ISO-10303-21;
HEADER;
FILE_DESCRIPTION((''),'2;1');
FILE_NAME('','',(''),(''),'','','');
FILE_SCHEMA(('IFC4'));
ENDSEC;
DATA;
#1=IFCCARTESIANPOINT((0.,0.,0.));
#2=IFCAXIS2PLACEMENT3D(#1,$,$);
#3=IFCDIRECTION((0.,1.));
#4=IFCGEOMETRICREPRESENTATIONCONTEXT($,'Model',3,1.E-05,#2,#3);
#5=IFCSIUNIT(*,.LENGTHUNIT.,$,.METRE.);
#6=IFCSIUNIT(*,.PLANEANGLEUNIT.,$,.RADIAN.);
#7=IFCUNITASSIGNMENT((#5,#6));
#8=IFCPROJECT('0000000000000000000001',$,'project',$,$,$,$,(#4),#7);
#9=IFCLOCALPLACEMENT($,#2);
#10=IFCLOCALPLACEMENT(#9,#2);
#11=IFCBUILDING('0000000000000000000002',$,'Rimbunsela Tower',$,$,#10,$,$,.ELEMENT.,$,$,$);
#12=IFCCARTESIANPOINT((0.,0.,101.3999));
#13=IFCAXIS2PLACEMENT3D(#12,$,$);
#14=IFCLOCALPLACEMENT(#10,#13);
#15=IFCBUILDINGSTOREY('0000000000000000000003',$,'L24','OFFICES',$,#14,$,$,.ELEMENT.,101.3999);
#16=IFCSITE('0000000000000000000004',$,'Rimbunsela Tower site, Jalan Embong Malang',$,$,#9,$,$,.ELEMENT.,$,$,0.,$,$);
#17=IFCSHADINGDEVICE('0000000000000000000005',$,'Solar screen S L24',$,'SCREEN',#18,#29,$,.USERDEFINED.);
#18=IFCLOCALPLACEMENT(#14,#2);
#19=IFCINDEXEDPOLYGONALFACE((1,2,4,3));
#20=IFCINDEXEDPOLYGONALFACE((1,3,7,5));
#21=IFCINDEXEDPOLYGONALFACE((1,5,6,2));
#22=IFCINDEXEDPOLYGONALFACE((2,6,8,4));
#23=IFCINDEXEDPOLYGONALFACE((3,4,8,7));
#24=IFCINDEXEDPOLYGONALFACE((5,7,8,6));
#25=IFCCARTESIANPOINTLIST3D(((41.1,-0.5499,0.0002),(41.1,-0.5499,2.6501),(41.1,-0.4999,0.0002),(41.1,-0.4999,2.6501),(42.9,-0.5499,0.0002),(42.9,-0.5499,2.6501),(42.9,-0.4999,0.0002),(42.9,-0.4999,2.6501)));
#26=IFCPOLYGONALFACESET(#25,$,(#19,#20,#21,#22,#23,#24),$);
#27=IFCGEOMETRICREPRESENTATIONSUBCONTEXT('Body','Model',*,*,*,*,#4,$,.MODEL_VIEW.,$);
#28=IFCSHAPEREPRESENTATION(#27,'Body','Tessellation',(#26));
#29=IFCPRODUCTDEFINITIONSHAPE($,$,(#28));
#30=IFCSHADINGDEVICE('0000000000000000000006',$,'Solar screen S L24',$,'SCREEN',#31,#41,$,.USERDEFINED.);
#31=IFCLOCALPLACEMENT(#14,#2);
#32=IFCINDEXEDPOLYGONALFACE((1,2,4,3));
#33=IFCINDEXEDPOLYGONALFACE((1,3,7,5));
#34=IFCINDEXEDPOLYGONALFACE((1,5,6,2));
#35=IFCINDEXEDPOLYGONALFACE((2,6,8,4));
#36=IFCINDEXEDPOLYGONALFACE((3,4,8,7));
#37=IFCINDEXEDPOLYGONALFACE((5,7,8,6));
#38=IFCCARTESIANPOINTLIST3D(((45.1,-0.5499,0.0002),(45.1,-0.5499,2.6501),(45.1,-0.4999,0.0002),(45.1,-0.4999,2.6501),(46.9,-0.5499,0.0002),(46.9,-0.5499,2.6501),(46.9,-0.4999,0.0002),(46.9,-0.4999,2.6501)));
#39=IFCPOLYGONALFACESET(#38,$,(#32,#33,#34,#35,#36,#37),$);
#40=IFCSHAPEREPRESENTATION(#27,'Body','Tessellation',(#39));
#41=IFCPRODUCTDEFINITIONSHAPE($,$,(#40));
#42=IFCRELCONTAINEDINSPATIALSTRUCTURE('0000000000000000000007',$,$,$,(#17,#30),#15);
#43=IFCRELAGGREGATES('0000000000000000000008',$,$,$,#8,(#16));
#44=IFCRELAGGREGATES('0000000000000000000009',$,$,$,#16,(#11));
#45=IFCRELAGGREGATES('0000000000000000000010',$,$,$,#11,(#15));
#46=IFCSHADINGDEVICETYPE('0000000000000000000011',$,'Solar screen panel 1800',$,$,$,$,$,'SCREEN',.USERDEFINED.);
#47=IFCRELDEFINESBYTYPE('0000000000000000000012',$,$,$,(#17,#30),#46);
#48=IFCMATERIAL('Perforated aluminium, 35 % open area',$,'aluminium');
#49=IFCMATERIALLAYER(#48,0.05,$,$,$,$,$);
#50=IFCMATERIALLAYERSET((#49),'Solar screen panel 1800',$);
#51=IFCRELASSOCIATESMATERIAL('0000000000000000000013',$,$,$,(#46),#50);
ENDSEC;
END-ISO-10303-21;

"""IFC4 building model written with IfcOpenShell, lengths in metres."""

from ifc_helpers import new_model, si_unit, direction, frame, origin, origin_2d, place, context, subcontext, project, spatial, rectangle, extrude, material, layer, layer_set, type_object, element, save


model = new_model("IFC4")

# Units and contexts
model_context = context("Model", 3, precision=1e-05, world=origin(), true_north=direction((0.0, 1.0)))
body_context = subcontext(model_context, "Body", "Model", "MODEL_VIEW")
ifc_project = project(units=[si_unit("LENGTHUNIT", "METRE"), si_unit("PLANEANGLEUNIT", "RADIAN")], contexts=[model_context])

# Site, building, storey
site_placement = place(None, origin())
site = spatial("IfcSite", under=ifc_project, at=site_placement, Name="Rimbunsela Tower site, Jalan Embong Malang", CompositionType="ELEMENT", RefElevation=0.0)
building_placement = place(site_placement, origin())
building = spatial("IfcBuilding", under=site, at=building_placement, Name="Rimbunsela Tower", CompositionType="ELEMENT")
storey_placement = place(building_placement, frame((0.0, 0.0, 101.3999)))
storey = spatial("IfcBuildingStorey", under=building, at=storey_placement, Name="L24", Description="OFFICES", CompositionType="ELEMENT", Elevation=101.3999)

# Shading devices
ifc_material_1 = material(Name="Perforated aluminium, 35 % open area", Category="aluminium")
ifc_layer_1 = layer(ifc_material_1, 0.05)
ifc_layer_set_1 = layer_set([ifc_layer_1], Name="Solar screen panel 1800")
shading_device_type = type_object("IfcShadingDeviceType", Name="Solar screen panel 1800", ElementType="SCREEN", PredefinedType="USERDEFINED", material=ifc_layer_set_1)
for number, where, z_axis, x_axis, name in (
    (1, (42.0, -0.5249, 0.0002), (0.0, 0.0, 1.0), (1.0, 0.0, 0.0), "Solar screen S L24"),
    (2, (46.0, -0.5249, 0.0002), (0.0, 0.0, 1.0), (1.0, 0.0, 0.0), "Solar screen S L24"),
):
    element("IfcShadingDevice", number, at=place(storey_placement, frame(where, z_axis=z_axis, x_axis=x_axis)), inside=storey, type_object=shading_device_type, Name=name, ObjectType="SCREEN", PredefinedType="USERDEFINED", context=body_context, shape_type="SweptSolid", body=[
        extrude(rectangle(XDim=1.8, YDim=0.05, at=origin_2d()), origin(), (0.0, 0.0, 1.0), 2.6499),
    ])

save(model, "model.ifc")
